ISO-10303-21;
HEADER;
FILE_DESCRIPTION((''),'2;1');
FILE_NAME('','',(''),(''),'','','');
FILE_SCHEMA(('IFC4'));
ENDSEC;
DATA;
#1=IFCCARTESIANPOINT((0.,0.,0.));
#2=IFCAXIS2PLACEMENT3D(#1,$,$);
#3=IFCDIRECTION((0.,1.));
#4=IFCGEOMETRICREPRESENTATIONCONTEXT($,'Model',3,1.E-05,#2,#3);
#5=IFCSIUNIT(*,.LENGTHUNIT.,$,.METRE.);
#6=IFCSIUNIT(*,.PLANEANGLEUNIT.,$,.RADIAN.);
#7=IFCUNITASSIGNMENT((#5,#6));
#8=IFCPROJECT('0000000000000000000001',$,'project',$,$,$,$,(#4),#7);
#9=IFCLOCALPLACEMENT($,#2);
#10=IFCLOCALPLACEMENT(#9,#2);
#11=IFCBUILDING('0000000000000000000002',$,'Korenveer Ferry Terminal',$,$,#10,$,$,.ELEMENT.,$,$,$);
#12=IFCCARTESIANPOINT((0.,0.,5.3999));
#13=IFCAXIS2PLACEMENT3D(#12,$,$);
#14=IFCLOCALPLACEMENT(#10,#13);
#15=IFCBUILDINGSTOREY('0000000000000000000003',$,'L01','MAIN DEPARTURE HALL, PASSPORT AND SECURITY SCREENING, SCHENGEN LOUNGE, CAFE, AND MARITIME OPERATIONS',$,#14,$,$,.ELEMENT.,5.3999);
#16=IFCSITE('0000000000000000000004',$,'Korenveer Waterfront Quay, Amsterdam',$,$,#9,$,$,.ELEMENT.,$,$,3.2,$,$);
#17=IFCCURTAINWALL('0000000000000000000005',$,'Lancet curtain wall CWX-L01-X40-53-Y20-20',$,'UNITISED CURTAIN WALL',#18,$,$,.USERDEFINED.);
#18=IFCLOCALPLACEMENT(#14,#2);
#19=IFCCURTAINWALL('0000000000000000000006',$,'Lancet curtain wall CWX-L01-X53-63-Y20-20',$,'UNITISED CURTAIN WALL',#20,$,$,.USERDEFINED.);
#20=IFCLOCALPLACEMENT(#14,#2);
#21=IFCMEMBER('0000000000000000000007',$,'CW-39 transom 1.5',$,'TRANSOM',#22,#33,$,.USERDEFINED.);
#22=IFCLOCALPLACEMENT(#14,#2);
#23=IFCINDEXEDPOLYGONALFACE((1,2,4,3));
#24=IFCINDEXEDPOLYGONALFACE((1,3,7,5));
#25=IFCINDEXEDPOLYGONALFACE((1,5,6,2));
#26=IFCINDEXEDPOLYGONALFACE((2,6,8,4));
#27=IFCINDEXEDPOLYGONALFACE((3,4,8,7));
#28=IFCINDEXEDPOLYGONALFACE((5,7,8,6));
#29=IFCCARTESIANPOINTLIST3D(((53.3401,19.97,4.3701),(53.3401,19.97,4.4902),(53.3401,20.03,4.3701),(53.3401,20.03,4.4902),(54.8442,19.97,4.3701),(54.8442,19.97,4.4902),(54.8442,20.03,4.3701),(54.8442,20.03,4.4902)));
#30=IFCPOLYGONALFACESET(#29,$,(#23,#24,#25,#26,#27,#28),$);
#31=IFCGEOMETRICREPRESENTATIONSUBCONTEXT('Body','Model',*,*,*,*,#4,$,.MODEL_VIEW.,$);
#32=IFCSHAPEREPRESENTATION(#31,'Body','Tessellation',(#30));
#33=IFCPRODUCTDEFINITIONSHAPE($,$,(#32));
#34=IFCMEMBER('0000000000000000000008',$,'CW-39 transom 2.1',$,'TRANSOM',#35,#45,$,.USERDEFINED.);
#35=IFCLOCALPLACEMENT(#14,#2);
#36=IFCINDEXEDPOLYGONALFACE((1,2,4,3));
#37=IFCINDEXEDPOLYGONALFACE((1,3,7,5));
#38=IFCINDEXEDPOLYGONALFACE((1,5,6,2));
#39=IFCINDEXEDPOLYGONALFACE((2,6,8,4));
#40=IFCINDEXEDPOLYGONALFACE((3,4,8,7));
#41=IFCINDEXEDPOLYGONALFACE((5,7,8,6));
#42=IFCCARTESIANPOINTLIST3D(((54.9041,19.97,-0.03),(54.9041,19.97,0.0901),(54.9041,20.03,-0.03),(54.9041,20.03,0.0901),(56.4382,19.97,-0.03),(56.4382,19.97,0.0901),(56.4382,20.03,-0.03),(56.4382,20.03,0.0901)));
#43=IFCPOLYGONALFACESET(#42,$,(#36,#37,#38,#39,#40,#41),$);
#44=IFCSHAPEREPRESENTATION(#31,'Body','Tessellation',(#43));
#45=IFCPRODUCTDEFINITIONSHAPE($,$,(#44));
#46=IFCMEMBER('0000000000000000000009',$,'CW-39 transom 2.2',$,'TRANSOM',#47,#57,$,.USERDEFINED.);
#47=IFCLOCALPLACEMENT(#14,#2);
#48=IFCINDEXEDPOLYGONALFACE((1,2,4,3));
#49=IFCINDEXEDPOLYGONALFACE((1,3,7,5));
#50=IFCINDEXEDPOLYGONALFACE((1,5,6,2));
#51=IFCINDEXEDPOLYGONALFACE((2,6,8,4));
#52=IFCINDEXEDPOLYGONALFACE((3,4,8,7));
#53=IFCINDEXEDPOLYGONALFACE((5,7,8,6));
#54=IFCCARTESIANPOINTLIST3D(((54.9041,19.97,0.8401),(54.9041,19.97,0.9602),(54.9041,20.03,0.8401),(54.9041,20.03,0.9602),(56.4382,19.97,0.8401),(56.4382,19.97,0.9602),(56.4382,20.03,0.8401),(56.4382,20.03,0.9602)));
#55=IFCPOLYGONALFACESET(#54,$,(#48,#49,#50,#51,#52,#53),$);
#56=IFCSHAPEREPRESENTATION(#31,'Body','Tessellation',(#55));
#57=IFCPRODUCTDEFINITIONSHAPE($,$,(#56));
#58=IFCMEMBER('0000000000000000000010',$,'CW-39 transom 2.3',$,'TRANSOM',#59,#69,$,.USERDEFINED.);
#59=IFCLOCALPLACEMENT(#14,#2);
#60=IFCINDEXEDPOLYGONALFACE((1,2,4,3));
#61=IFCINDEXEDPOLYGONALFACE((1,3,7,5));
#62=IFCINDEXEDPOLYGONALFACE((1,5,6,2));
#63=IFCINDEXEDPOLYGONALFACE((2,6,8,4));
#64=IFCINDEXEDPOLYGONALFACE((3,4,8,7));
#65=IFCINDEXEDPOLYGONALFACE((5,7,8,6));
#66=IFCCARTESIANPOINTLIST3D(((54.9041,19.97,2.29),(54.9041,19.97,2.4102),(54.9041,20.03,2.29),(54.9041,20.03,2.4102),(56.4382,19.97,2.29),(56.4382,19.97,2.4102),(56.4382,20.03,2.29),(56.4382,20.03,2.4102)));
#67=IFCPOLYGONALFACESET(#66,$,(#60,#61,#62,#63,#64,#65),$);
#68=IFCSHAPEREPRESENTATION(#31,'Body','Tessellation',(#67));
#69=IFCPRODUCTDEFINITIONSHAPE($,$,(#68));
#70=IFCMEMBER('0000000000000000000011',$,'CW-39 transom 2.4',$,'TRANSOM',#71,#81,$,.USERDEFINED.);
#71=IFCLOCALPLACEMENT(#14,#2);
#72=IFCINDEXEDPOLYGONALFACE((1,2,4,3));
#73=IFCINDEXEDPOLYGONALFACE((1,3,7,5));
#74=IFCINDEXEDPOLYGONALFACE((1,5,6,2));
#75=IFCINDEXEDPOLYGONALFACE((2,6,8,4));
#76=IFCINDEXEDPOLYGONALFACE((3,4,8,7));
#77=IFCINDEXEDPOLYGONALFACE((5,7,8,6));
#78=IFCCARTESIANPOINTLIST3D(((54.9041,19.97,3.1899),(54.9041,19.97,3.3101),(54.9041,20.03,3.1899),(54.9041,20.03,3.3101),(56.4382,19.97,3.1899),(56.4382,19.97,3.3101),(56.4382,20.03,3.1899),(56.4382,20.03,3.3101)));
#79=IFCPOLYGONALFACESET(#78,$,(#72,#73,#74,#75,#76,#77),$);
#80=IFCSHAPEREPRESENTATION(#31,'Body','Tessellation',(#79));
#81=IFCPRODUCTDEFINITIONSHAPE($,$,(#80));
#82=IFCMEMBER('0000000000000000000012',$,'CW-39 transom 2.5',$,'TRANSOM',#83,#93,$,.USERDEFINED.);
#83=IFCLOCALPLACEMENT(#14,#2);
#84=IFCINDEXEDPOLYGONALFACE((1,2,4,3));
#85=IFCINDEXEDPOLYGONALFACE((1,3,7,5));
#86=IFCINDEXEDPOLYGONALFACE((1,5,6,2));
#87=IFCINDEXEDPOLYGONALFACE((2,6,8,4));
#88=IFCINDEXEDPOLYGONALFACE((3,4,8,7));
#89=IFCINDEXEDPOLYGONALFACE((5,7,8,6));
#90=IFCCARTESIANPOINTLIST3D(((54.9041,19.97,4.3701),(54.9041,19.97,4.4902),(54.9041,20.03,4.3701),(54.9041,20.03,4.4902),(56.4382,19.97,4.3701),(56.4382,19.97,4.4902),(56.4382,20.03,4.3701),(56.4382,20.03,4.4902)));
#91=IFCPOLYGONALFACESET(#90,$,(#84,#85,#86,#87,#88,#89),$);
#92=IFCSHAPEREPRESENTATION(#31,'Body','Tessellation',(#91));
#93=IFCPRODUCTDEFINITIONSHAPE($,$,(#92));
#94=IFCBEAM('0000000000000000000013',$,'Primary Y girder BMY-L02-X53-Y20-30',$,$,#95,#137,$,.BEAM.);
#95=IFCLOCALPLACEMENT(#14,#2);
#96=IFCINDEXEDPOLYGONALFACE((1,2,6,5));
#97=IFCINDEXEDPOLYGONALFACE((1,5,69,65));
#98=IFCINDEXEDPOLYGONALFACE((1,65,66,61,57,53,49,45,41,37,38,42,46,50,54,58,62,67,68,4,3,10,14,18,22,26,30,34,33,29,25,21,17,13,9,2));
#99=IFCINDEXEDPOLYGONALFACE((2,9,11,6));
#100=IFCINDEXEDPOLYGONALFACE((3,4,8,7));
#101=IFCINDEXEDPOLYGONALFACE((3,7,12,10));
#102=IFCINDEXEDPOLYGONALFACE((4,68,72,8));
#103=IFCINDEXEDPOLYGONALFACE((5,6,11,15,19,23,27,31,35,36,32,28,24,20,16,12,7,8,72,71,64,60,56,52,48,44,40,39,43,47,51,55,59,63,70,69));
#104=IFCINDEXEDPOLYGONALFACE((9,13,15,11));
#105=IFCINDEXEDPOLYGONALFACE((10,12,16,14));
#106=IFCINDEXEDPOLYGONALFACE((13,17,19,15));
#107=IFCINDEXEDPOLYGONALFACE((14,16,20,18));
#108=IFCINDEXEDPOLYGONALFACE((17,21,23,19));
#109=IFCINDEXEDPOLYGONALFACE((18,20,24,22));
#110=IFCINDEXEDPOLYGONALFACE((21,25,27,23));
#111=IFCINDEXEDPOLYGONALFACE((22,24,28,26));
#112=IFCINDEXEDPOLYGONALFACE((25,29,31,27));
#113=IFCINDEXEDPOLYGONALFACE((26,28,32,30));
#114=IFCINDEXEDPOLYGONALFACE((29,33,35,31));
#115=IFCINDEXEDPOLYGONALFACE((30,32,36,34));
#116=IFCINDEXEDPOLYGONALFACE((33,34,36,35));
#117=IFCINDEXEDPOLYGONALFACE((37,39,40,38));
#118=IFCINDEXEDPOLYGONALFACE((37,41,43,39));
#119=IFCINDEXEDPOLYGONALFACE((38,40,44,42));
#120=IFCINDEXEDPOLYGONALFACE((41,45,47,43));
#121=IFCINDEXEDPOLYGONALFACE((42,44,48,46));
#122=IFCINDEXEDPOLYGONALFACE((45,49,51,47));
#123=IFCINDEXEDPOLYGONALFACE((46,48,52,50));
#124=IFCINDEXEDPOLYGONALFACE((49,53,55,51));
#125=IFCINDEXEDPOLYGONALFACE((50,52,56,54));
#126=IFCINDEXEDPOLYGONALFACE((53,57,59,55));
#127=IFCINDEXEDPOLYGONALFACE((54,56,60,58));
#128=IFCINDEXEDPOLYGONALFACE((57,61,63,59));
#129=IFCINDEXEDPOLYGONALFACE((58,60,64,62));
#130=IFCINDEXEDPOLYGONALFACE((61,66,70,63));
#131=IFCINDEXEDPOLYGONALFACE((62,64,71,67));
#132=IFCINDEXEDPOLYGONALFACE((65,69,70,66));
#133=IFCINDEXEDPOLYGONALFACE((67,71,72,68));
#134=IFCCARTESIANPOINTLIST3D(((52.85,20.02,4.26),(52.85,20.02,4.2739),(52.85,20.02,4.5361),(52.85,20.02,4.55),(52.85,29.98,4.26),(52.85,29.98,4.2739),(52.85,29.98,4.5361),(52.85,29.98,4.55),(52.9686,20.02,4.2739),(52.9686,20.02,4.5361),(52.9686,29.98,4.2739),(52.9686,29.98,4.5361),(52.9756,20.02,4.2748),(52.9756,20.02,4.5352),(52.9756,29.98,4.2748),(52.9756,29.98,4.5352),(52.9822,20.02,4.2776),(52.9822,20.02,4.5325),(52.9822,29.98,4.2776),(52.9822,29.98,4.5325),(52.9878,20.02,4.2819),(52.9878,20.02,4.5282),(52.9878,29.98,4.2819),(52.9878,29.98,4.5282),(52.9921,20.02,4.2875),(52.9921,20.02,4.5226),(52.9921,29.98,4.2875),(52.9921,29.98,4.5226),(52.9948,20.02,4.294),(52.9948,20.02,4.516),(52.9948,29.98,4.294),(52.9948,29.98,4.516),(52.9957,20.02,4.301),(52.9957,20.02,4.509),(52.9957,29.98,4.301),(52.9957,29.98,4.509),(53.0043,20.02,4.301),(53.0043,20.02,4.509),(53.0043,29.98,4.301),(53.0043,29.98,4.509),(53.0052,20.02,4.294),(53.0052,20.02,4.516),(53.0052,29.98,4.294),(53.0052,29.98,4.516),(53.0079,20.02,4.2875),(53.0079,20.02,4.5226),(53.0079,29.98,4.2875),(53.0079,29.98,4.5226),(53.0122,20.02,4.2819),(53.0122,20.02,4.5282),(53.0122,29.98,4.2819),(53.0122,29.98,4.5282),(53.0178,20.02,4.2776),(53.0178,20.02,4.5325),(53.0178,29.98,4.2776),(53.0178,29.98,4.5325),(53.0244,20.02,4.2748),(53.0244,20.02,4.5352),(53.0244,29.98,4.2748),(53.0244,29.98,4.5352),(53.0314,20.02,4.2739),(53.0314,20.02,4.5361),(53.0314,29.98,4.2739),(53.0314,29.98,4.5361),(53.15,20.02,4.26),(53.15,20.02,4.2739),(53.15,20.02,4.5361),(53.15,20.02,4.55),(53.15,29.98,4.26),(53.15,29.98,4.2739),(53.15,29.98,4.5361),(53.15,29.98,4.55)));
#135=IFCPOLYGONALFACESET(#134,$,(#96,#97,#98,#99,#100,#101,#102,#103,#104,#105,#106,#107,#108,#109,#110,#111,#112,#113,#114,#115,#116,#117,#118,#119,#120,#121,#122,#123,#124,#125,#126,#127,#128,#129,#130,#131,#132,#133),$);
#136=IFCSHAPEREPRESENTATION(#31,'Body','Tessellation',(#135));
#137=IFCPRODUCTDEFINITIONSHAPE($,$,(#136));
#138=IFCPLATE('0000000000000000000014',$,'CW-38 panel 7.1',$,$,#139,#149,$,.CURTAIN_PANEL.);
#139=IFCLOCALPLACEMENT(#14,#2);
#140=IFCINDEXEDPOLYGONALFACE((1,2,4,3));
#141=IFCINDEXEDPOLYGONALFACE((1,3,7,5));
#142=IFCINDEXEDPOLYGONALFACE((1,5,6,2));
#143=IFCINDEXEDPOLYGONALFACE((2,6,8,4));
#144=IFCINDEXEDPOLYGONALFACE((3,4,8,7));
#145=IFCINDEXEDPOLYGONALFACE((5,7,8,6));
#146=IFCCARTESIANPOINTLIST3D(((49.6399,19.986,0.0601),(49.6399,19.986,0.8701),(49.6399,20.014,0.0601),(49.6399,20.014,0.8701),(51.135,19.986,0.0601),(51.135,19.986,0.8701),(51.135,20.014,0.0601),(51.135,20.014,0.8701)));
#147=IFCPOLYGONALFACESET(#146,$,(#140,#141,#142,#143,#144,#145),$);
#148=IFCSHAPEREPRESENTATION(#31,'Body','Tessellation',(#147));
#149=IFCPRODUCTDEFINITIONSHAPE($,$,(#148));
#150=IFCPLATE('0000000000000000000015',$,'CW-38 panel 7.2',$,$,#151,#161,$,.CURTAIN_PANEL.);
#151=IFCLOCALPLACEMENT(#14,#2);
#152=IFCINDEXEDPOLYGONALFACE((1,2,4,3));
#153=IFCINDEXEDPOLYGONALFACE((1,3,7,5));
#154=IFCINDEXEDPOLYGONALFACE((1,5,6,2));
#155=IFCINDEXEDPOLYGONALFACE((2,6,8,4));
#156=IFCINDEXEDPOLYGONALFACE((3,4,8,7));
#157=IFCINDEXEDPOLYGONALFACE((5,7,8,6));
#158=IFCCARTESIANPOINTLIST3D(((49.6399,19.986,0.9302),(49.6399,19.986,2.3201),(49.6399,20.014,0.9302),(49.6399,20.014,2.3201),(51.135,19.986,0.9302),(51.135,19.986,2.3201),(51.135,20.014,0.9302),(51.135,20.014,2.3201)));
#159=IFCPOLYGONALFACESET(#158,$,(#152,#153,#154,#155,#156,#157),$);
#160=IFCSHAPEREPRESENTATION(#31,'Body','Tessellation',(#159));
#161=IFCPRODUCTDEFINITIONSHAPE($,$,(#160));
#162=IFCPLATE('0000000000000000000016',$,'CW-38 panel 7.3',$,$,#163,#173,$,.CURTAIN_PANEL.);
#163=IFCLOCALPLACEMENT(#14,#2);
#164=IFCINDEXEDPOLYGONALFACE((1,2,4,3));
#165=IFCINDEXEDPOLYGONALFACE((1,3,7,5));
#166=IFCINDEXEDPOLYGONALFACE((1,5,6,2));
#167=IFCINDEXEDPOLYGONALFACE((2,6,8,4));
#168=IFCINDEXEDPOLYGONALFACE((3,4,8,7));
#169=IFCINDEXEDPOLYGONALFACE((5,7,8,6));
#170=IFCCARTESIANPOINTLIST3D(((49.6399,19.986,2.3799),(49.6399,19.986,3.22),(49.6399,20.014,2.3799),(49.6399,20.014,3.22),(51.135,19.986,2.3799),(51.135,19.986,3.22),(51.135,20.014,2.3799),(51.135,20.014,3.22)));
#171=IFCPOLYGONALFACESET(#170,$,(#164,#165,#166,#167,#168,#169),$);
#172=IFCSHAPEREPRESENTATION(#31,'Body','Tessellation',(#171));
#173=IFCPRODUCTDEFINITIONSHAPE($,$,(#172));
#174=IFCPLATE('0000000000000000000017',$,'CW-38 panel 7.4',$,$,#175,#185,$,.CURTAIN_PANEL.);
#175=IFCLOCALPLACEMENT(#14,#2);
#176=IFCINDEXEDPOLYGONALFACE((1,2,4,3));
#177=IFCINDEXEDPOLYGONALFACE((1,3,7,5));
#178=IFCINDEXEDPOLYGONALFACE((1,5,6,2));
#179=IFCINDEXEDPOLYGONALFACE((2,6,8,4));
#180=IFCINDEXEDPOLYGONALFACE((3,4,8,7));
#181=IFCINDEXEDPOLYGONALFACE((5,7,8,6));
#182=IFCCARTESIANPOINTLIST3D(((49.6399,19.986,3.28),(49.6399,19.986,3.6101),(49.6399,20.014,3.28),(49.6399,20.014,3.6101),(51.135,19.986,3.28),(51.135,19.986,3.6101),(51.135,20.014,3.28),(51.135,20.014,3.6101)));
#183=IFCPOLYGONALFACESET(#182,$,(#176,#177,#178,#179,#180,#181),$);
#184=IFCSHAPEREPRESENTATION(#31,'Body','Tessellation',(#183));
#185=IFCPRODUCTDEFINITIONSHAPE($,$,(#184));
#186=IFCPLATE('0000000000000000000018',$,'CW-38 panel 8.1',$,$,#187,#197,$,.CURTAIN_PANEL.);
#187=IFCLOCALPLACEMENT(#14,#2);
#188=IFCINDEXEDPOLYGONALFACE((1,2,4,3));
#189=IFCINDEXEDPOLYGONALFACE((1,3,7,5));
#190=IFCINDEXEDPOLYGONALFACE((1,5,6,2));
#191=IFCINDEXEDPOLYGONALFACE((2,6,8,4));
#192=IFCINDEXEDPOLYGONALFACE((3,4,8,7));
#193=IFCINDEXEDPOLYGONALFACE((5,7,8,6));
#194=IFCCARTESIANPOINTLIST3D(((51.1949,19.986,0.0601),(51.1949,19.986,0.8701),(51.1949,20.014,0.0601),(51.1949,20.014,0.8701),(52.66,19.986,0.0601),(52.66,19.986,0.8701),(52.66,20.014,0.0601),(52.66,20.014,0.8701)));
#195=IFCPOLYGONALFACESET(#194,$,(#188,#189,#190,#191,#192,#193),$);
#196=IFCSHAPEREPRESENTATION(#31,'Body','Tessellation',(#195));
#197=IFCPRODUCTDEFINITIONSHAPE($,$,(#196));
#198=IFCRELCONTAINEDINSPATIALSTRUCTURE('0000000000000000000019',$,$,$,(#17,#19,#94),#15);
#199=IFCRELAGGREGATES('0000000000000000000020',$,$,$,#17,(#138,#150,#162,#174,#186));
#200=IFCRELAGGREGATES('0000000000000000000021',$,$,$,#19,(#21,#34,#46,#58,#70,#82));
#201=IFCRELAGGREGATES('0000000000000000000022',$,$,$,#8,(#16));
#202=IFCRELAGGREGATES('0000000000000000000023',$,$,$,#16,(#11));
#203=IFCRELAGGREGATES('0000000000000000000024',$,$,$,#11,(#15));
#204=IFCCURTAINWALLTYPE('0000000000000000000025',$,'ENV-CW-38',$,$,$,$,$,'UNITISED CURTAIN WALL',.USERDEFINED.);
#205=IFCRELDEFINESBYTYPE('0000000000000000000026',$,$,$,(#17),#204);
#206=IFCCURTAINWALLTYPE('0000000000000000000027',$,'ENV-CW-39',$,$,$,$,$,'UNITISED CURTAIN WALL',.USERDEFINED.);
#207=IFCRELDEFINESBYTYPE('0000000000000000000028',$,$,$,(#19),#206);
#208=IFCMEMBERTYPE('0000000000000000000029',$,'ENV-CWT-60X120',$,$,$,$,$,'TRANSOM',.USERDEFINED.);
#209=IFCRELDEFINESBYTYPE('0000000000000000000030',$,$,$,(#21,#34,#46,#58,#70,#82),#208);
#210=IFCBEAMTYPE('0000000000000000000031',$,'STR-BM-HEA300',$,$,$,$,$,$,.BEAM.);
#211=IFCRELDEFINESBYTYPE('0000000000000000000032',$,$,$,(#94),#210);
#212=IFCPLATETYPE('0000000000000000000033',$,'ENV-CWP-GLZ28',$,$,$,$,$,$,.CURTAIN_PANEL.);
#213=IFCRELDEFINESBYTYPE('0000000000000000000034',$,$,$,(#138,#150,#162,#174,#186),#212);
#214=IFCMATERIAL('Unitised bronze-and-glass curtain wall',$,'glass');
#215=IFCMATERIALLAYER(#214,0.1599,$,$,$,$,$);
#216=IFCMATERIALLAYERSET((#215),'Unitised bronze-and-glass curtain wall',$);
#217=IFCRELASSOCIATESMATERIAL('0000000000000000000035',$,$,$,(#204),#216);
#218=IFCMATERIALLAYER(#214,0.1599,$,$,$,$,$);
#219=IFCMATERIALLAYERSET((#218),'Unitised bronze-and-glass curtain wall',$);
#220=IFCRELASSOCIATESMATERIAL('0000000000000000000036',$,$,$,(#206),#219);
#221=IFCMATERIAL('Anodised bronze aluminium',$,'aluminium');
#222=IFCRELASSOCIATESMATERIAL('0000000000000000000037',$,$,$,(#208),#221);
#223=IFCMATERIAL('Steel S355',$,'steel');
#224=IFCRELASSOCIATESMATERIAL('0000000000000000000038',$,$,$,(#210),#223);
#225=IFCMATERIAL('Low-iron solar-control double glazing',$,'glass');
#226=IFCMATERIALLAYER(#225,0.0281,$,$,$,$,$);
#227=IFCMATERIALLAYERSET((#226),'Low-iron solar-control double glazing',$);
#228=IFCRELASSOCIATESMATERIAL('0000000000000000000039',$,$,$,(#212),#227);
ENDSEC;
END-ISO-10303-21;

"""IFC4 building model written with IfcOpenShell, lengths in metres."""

from ifc_helpers import new_model, si_unit, direction, frame, origin, origin_2d, place, context, subcontext, project, spatial, rectangle, i_section, extrude, material, layer, layer_set, material_profile, profile_set, type_object, element, aggregate, save


model = new_model("IFC4")

# Units and contexts
model_context = context("Model", 3, precision=1e-05, world=origin(), true_north=direction((0.0, 1.0)))
body_context = subcontext(model_context, "Body", "Model", "MODEL_VIEW")
ifc_project = project(units=[si_unit("LENGTHUNIT", "METRE"), si_unit("PLANEANGLEUNIT", "RADIAN")], contexts=[model_context])

# Site, building, storey
site_placement = place(None, origin())
site = spatial("IfcSite", under=ifc_project, at=site_placement, Name="Korenveer Waterfront Quay, Amsterdam", CompositionType="ELEMENT", RefElevation=3.2)
building_placement = place(site_placement, origin())
building = spatial("IfcBuilding", under=site, at=building_placement, Name="Korenveer Ferry Terminal", CompositionType="ELEMENT")
storey_placement = place(building_placement, frame((0.0, 0.0, 5.3999)))
storey = spatial("IfcBuildingStorey", under=building, at=storey_placement, Name="L01", Description="MAIN DEPARTURE HALL, PASSPORT AND SECURITY SCREENING, SCHENGEN LOUNGE, CAFE, AND MARITIME OPERATIONS", CompositionType="ELEMENT", Elevation=5.3999)

# Curtain walls
ifc_material_1 = material(Name="Unitised bronze-and-glass curtain wall", Category="glass")
ifc_layer_1 = layer(ifc_material_1, 0.1599)
ifc_layer_set_1 = layer_set([ifc_layer_1], Name="Unitised bronze-and-glass curtain wall")
curtain_wall_type_1 = type_object("IfcCurtainWallType", Name="ENV-CW-38", ElementType="UNITISED CURTAIN WALL", PredefinedType="USERDEFINED", material=ifc_layer_set_1)
curtain_wall_1_placement = place(storey_placement, frame((40.28, 20.0, 0.0)))
curtain_wall_1 = element("IfcCurtainWall", 1, at=curtain_wall_1_placement, inside=storey, type_object=curtain_wall_type_1, Name="Lancet curtain wall CWX-L01-X40-53-Y20-20", ObjectType="UNITISED CURTAIN WALL", PredefinedType="USERDEFINED")
ifc_material_2 = material(Name="Anodised bronze aluminium", Category="aluminium")
ifc_layer_2 = layer(ifc_material_1, 0.1599)
ifc_layer_set_2 = layer_set([ifc_layer_2], Name="Unitised bronze-and-glass curtain wall")
curtain_wall_type_2 = type_object("IfcCurtainWallType", Name="ENV-CW-39", ElementType="UNITISED CURTAIN WALL", PredefinedType="USERDEFINED", material=ifc_layer_set_2)
curtain_wall_2_placement = place(storey_placement, frame((53.28, 20.0, 0.0)))
curtain_wall_2 = element("IfcCurtainWall", 2, at=curtain_wall_2_placement, inside=storey, type_object=curtain_wall_type_2, Name="Lancet curtain wall CWX-L01-X53-63-Y20-20", ObjectType="UNITISED CURTAIN WALL", PredefinedType="USERDEFINED")

# Members
ifc_material_profile_1 = material_profile(ifc_material_2, rectangle(XDim=0.0601, YDim=0.1201, at=origin_2d()), Name="ALU 60x120")
ifc_profile_set_1 = profile_set([ifc_material_profile_1], Name="Anodised bronze aluminium")
member_type_1 = type_object("IfcMemberType", Name="ENV-CWT-60X120", ElementType="TRANSOM", PredefinedType="USERDEFINED", material=ifc_profile_set_1)
member_1_placement = place(storey_placement, frame((53.3401, 20.0, 4.4302), z_axis=(1.0, 0.0, 0.0), x_axis=(0.0, 1.0, 0.0)))
member_1 = element("IfcMember", 3, at=member_1_placement, type_object=member_type_1, Name="CW-39 transom 1.5", ObjectType="TRANSOM", PredefinedType="USERDEFINED", context=body_context, shape_type="SweptSolid", body=[
    extrude(rectangle(XDim=0.0601, YDim=0.1201, at=origin_2d()), origin(), (0.0, 0.0, 1.0), 1.5042),
])
member_2_placement = place(storey_placement, frame((54.9041, 20.0, 0.03), z_axis=(1.0, 0.0, 0.0), x_axis=(0.0, 1.0, 0.0)))
member_2 = element("IfcMember", 4, at=member_2_placement, type_object=member_type_1, Name="CW-39 transom 2.1", ObjectType="TRANSOM", PredefinedType="USERDEFINED", context=body_context, shape_type="SweptSolid", body=[
    extrude(rectangle(XDim=0.0601, YDim=0.1201, at=origin_2d()), origin(), (0.0, 0.0, 1.0), 1.5342),
])
member_3_placement = place(storey_placement, frame((54.9041, 20.0, 0.9001), z_axis=(1.0, 0.0, 0.0), x_axis=(0.0, 1.0, 0.0)))
member_3 = element("IfcMember", 5, at=member_3_placement, type_object=member_type_1, Name="CW-39 transom 2.2", ObjectType="TRANSOM", PredefinedType="USERDEFINED", context=body_context, shape_type="SweptSolid", body=[
    extrude(rectangle(XDim=0.0601, YDim=0.1201, at=origin_2d()), origin(), (0.0, 0.0, 1.0), 1.5342),
])
member_4_placement = place(storey_placement, frame((54.9041, 20.0, 2.3501), z_axis=(1.0, 0.0, 0.0), x_axis=(0.0, 1.0, 0.0)))
member_4 = element("IfcMember", 6, at=member_4_placement, type_object=member_type_1, Name="CW-39 transom 2.3", ObjectType="TRANSOM", PredefinedType="USERDEFINED", context=body_context, shape_type="SweptSolid", body=[
    extrude(rectangle(XDim=0.0601, YDim=0.1201, at=origin_2d()), origin(), (0.0, 0.0, 1.0), 1.5342),
])
member_5_placement = place(storey_placement, frame((54.9041, 20.0, 3.25), z_axis=(1.0, 0.0, 0.0), x_axis=(0.0, 1.0, 0.0)))
member_5 = element("IfcMember", 7, at=member_5_placement, type_object=member_type_1, Name="CW-39 transom 2.4", ObjectType="TRANSOM", PredefinedType="USERDEFINED", context=body_context, shape_type="SweptSolid", body=[
    extrude(rectangle(XDim=0.0601, YDim=0.1201, at=origin_2d()), origin(), (0.0, 0.0, 1.0), 1.5342),
])
member_6_placement = place(storey_placement, frame((54.9041, 20.0, 4.4302), z_axis=(1.0, 0.0, 0.0), x_axis=(0.0, 1.0, 0.0)))
member_6 = element("IfcMember", 8, at=member_6_placement, type_object=member_type_1, Name="CW-39 transom 2.5", ObjectType="TRANSOM", PredefinedType="USERDEFINED", context=body_context, shape_type="SweptSolid", body=[
    extrude(rectangle(XDim=0.0601, YDim=0.1201, at=origin_2d()), origin(), (0.0, 0.0, 1.0), 1.5342),
])

# Beam
ifc_material_3 = material(Name="Steel S355", Category="steel")
ifc_material_profile_2 = material_profile(ifc_material_3, i_section(OverallWidth=0.3, OverallDepth=0.29, WebThickness=0.0085, FlangeThickness=0.0139, FilletRadius=0.0271, at=origin_2d()), Name="HEA 300")
ifc_profile_set_2 = profile_set([ifc_material_profile_2], Name="Steel S355")
beam_type = type_object("IfcBeamType", Name="STR-BM-HEA300", PredefinedType="BEAM", material=ifc_profile_set_2)
beam_placement = place(storey_placement, frame((53.0, 20.02, 4.405), z_axis=(0.0, 1.0, 0.0), x_axis=(-1.0, 0.0, 0.0)))
element("IfcBeam", 9, at=beam_placement, inside=storey, type_object=beam_type, Name="Primary Y girder BMY-L02-X53-Y20-30", PredefinedType="BEAM", context=body_context, shape_type="SweptSolid", body=[
    extrude(i_section(OverallWidth=0.3, OverallDepth=0.29, WebThickness=0.0085, FlangeThickness=0.0139, FilletRadius=0.0271, at=origin_2d()), origin(), (0.0, 0.0, 1.0), 9.96),
])

# Plates
ifc_material_4 = material(Name="Low-iron solar-control double glazing", Category="glass")
ifc_layer_3 = layer(ifc_material_4, 0.0281)
ifc_layer_set_3 = layer_set([ifc_layer_3], Name="Low-iron solar-control double glazing")
plate_type = type_object("IfcPlateType", Name="ENV-CWP-GLZ28", PredefinedType="CURTAIN_PANEL", material=ifc_layer_set_3)
plate_1_placement = place(storey_placement, frame((50.3875, 20.0, 0.0601), z_axis=(0.0, 0.0, 1.0), x_axis=(1.0, 0.0, 0.0)))
plate_1 = element("IfcPlate", 10, at=plate_1_placement, type_object=plate_type, Name="CW-38 panel 7.1", PredefinedType="CURTAIN_PANEL", context=body_context, shape_type="SweptSolid", body=[
    extrude(rectangle(XDim=1.4951, YDim=0.0281, at=origin_2d()), origin(), (0.0, 0.0, 1.0), 0.8101),
])
plate_2_placement = place(storey_placement, frame((50.3875, 20.0, 0.9302), z_axis=(0.0, 0.0, 1.0), x_axis=(1.0, 0.0, 0.0)))
plate_2 = element("IfcPlate", 11, at=plate_2_placement, type_object=plate_type, Name="CW-38 panel 7.2", PredefinedType="CURTAIN_PANEL", context=body_context, shape_type="SweptSolid", body=[
    extrude(rectangle(XDim=1.4951, YDim=0.0281, at=origin_2d()), origin(), (0.0, 0.0, 1.0), 1.3899),
])
plate_3_placement = place(storey_placement, frame((50.3875, 20.0, 2.3799), z_axis=(0.0, 0.0, 1.0), x_axis=(1.0, 0.0, 0.0)))
plate_3 = element("IfcPlate", 12, at=plate_3_placement, type_object=plate_type, Name="CW-38 panel 7.3", PredefinedType="CURTAIN_PANEL", context=body_context, shape_type="SweptSolid", body=[
    extrude(rectangle(XDim=1.4951, YDim=0.0281, at=origin_2d()), origin(), (0.0, 0.0, 1.0), 0.8401),
])
plate_4_placement = place(storey_placement, frame((50.3875, 20.0, 3.28), z_axis=(0.0, 0.0, 1.0), x_axis=(1.0, 0.0, 0.0)))
plate_4 = element("IfcPlate", 13, at=plate_4_placement, type_object=plate_type, Name="CW-38 panel 7.4", PredefinedType="CURTAIN_PANEL", context=body_context, shape_type="SweptSolid", body=[
    extrude(rectangle(XDim=1.4951, YDim=0.0281, at=origin_2d()), origin(), (0.0, 0.0, 1.0), 0.3301),
])
plate_5_placement = place(storey_placement, frame((51.9275, 20.0, 0.0601), z_axis=(0.0, 0.0, 1.0), x_axis=(1.0, 0.0, 0.0)))
plate_5 = element("IfcPlate", 14, at=plate_5_placement, type_object=plate_type, Name="CW-38 panel 8.1", PredefinedType="CURTAIN_PANEL", context=body_context, shape_type="SweptSolid", body=[
    extrude(rectangle(XDim=1.4651, YDim=0.0281, at=origin_2d()), origin(), (0.0, 0.0, 1.0), 0.8101),
])
aggregate(curtain_wall_1, [plate_1, plate_2, plate_3, plate_4, plate_5])
aggregate(curtain_wall_2, [member_1, member_2, member_3, member_4, member_5, member_6])

save(model, "model.ifc")
